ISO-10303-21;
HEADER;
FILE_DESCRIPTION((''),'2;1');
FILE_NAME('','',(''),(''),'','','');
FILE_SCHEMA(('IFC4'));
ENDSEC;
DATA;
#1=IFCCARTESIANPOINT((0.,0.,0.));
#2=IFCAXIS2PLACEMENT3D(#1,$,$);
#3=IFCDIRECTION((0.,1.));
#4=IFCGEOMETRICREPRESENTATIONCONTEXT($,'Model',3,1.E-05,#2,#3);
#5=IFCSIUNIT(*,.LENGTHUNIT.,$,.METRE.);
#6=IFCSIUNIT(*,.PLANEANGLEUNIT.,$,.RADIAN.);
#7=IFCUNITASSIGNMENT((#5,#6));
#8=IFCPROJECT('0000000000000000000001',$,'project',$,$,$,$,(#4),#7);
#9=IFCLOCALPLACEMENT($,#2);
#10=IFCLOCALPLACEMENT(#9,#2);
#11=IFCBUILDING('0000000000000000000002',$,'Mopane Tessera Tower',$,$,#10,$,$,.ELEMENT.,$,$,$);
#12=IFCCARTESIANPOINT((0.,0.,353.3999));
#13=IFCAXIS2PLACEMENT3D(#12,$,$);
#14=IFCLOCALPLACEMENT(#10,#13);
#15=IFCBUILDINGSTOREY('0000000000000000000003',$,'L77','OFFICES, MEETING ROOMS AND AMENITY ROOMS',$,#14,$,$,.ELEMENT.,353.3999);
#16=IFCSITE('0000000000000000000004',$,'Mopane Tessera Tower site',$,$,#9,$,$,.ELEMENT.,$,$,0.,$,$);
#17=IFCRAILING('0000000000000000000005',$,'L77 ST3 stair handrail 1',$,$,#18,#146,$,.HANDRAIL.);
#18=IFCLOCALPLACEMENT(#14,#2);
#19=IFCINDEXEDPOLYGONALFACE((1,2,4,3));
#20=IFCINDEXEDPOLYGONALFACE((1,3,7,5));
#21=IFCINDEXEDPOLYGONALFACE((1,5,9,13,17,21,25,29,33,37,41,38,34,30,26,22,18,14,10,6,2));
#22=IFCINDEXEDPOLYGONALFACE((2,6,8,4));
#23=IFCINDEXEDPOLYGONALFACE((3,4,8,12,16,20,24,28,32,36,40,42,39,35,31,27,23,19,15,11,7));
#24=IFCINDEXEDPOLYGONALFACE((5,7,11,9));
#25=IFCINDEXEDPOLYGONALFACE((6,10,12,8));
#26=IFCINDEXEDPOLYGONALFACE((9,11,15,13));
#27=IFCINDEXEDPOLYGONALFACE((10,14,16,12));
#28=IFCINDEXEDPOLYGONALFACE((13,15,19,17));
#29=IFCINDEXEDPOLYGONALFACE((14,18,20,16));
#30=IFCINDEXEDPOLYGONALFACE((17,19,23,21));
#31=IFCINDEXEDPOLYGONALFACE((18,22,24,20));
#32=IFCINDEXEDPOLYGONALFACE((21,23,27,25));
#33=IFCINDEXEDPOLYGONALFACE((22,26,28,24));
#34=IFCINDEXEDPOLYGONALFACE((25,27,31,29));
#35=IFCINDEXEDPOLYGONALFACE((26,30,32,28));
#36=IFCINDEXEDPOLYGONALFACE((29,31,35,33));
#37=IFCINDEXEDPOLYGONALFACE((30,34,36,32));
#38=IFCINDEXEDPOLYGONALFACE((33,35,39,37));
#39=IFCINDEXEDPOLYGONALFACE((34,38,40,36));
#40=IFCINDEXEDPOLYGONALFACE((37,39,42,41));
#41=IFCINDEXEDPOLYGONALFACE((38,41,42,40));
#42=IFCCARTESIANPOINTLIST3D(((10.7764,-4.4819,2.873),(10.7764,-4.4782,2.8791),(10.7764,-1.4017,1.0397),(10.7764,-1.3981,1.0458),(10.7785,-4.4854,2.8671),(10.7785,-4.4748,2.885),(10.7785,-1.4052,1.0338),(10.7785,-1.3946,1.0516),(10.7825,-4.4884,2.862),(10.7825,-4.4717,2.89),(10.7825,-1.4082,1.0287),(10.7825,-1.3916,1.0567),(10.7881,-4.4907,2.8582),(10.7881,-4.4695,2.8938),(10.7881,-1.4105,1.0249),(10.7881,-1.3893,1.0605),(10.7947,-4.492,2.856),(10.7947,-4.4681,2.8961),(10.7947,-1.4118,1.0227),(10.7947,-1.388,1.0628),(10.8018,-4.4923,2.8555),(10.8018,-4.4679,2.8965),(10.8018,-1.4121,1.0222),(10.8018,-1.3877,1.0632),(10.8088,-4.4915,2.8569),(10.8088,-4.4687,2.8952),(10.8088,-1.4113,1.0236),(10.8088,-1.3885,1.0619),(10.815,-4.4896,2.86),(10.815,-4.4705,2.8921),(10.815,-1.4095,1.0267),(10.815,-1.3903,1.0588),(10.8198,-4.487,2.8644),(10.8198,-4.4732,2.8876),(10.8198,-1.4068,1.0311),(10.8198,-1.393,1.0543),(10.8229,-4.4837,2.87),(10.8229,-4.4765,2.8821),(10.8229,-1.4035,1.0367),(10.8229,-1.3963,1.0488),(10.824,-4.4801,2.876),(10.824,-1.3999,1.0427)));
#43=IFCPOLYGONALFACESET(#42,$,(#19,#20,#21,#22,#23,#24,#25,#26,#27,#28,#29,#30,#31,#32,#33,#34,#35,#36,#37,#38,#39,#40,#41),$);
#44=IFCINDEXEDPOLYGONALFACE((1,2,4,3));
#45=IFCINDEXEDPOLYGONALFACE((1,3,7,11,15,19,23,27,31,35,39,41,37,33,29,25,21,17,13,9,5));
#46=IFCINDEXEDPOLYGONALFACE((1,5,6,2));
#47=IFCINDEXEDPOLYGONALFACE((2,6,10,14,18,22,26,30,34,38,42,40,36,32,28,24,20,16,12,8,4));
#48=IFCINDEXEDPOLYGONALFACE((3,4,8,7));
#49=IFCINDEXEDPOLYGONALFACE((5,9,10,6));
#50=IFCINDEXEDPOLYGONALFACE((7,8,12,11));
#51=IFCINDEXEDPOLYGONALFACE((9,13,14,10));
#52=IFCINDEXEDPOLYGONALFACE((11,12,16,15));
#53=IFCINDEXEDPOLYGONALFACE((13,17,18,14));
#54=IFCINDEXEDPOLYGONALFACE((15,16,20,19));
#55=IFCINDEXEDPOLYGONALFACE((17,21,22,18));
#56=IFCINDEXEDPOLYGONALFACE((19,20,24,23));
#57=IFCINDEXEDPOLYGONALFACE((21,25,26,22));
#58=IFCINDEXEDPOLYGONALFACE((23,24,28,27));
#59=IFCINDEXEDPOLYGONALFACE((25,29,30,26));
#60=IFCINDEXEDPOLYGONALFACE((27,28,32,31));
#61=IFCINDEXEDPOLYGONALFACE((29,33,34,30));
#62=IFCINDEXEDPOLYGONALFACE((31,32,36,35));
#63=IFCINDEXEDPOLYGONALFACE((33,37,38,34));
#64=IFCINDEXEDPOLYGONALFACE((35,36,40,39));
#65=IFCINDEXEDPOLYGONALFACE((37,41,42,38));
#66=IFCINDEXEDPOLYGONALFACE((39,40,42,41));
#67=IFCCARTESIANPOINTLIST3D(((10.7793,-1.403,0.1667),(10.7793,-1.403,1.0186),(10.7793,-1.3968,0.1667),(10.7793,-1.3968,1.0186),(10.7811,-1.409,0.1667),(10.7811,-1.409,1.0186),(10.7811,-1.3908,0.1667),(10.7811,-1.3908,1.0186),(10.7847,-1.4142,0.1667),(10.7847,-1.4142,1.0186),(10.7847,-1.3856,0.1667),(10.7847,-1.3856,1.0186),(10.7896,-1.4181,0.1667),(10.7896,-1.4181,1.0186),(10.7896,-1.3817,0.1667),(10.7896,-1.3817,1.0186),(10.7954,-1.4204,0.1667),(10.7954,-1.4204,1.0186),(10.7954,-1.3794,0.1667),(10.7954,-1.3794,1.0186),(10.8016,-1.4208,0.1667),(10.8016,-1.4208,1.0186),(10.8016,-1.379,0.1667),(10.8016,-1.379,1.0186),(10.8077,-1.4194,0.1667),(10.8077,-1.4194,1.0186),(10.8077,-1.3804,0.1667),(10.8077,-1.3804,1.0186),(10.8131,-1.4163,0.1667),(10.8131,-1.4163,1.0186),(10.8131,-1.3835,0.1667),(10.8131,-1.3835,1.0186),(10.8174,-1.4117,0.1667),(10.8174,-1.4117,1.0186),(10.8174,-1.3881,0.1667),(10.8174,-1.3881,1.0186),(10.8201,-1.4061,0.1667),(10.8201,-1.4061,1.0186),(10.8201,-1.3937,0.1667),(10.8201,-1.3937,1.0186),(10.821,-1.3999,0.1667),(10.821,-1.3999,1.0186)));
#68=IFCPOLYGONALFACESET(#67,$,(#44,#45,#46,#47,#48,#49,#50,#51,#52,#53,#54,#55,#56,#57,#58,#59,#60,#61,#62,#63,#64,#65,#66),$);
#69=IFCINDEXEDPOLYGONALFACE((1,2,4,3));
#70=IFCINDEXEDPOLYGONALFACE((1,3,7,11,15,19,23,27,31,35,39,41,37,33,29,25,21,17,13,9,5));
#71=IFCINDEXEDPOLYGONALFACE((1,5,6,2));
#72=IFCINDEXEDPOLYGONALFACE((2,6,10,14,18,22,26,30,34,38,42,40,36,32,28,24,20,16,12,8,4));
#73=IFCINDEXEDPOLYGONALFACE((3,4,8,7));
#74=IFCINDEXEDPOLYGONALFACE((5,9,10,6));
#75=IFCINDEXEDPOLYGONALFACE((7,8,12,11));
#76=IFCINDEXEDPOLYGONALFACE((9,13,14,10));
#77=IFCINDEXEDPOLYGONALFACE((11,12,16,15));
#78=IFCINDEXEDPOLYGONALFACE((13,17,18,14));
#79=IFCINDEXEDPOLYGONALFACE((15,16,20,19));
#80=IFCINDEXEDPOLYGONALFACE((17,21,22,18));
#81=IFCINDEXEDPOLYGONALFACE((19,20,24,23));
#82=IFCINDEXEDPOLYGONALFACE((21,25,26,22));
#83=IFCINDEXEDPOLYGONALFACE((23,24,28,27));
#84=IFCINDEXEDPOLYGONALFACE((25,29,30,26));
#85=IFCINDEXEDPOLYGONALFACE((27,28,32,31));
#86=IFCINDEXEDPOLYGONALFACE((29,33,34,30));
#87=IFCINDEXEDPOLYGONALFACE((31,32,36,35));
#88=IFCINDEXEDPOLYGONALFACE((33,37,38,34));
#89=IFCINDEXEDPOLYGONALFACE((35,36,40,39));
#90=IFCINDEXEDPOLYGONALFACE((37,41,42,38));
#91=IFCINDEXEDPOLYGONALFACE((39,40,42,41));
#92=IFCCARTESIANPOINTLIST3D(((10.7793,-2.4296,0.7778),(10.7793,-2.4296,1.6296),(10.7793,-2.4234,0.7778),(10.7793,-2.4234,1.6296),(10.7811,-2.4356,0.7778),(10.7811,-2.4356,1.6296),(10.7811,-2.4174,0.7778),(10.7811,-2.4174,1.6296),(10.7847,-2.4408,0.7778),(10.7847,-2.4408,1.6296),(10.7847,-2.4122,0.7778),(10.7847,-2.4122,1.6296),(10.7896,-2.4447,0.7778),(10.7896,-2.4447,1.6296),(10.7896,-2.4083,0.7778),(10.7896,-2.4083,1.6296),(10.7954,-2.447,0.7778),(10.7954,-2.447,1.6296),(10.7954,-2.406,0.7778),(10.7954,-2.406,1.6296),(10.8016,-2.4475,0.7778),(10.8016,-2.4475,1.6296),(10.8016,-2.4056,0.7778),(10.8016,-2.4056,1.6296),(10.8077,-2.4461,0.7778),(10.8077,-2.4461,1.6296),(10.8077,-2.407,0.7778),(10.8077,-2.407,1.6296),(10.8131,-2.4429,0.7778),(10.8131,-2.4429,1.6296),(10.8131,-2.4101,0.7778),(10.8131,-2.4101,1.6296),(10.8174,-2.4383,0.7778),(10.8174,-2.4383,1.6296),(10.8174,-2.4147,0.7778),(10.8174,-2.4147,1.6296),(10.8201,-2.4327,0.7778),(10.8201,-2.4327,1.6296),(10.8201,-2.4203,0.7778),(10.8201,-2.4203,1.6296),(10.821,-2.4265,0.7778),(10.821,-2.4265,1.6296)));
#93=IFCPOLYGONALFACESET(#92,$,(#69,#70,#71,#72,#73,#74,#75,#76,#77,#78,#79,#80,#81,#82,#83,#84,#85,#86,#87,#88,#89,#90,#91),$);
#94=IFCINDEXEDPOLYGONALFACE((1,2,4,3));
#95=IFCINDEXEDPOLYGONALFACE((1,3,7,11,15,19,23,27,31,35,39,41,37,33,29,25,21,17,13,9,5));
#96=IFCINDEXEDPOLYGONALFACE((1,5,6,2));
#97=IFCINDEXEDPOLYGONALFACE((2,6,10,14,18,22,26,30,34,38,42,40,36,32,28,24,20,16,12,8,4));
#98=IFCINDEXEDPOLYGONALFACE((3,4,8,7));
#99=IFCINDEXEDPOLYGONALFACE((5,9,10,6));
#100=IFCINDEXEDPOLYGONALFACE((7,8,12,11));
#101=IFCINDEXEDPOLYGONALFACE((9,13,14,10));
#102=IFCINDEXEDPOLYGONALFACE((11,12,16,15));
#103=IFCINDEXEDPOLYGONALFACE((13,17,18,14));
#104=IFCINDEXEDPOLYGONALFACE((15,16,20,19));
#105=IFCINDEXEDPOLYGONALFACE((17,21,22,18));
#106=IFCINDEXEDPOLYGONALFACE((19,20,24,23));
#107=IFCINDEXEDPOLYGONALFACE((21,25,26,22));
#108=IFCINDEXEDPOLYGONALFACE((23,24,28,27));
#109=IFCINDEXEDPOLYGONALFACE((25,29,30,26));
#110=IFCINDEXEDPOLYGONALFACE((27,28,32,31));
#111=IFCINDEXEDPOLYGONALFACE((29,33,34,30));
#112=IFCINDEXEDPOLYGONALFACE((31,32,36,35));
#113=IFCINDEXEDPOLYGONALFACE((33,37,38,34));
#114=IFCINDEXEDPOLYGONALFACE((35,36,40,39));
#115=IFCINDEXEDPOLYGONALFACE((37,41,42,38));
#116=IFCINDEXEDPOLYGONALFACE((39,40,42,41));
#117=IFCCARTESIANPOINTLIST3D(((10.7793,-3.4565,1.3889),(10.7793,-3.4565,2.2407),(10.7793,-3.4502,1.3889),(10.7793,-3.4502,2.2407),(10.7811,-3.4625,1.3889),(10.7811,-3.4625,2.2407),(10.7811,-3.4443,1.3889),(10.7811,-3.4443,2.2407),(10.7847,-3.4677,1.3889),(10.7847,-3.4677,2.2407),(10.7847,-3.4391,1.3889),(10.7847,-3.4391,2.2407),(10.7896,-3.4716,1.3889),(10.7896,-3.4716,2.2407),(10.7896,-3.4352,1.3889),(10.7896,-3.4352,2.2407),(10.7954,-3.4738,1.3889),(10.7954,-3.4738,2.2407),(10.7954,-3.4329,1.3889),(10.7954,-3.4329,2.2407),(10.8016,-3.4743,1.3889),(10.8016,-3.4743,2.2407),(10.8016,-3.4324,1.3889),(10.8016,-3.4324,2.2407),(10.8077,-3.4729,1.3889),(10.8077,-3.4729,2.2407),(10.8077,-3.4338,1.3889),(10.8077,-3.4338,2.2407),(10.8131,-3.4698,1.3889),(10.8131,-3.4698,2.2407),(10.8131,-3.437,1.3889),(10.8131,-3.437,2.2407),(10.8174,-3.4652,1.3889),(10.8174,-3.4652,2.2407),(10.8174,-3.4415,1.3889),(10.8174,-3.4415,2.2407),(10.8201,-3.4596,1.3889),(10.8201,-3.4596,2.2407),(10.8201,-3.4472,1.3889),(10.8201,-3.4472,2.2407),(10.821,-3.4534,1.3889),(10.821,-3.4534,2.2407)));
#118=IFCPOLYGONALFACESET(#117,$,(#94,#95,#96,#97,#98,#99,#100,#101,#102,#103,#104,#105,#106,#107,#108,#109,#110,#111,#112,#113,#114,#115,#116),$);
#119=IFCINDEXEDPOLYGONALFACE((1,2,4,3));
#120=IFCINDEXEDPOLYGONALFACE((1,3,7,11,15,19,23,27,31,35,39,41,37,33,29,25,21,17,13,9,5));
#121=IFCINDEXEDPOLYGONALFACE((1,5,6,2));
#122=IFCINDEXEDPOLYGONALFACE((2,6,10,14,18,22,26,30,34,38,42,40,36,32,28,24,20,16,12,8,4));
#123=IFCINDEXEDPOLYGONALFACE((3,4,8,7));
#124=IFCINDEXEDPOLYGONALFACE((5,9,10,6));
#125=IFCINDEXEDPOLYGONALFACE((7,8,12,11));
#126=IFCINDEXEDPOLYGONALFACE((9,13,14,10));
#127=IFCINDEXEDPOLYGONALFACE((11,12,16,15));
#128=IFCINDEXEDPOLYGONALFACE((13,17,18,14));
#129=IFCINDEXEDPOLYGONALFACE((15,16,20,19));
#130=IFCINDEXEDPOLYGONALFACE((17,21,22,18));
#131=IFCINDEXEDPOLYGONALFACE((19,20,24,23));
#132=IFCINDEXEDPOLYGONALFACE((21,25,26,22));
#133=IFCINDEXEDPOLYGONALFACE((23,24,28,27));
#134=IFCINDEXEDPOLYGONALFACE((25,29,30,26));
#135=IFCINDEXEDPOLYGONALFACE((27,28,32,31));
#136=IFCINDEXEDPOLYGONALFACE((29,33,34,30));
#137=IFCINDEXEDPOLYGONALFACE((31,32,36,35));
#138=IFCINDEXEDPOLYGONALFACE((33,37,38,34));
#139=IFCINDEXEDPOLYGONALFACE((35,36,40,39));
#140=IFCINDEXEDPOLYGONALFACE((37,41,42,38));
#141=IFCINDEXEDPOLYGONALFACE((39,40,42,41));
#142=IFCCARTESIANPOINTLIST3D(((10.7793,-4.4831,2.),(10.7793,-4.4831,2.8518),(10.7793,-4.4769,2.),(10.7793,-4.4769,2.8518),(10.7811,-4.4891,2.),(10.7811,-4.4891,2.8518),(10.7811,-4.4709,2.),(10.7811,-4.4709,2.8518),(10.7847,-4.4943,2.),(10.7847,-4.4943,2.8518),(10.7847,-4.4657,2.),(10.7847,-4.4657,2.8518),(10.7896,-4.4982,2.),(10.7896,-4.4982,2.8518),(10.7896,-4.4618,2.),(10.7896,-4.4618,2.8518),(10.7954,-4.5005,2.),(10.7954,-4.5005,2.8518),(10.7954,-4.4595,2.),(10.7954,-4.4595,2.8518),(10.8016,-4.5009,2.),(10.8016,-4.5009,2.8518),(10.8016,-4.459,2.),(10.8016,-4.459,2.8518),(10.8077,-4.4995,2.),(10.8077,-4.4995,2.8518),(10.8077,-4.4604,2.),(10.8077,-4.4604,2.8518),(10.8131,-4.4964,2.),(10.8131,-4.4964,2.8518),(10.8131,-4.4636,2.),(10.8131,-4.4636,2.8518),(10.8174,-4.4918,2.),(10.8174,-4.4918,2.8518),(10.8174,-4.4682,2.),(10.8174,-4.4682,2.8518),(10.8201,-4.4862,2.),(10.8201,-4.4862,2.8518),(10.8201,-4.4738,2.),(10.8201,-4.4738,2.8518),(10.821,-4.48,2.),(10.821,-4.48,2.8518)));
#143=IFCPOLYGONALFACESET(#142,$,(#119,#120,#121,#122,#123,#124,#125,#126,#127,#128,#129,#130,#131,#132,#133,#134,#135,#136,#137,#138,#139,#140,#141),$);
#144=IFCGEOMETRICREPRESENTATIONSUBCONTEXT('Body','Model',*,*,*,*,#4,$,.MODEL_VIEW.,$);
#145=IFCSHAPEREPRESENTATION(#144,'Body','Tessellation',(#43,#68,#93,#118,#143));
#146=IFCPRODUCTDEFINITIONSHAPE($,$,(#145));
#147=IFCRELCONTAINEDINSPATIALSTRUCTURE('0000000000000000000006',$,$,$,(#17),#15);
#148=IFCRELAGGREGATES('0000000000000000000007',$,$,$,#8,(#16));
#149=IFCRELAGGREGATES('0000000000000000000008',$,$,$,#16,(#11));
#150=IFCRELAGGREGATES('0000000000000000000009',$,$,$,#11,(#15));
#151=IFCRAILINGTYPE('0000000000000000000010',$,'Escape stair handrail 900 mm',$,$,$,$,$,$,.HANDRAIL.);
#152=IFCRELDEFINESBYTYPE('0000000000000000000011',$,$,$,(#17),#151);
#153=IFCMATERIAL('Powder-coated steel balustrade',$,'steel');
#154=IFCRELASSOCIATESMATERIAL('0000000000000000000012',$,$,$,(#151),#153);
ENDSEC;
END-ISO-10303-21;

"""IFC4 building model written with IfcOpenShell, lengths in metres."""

from ifc_helpers import new_model, si_unit, direction, frame, origin, origin_2d, place, context, subcontext, project, spatial, circle, extrude, material, type_object, element, save


model = new_model("IFC4")

# Units and contexts
model_context = context("Model", 3, precision=1e-05, world=origin(), true_north=direction((0.0, 1.0)))
body_context = subcontext(model_context, "Body", "Model", "MODEL_VIEW")
ifc_project = project(units=[si_unit("LENGTHUNIT", "METRE"), si_unit("PLANEANGLEUNIT", "RADIAN")], contexts=[model_context])

# Site, building, storey
site_placement = place(None, origin())
site = spatial("IfcSite", under=ifc_project, at=site_placement, Name="Mopane Tessera Tower site", CompositionType="ELEMENT", RefElevation=0.0)
building_placement = place(site_placement, origin())
building = spatial("IfcBuilding", under=site, at=building_placement, Name="Mopane Tessera Tower", CompositionType="ELEMENT")
storey_placement = place(building_placement, frame((0.0, 0.0, 353.3999)))
storey = spatial("IfcBuildingStorey", under=building, at=storey_placement, Name="L77", Description="OFFICES, MEETING ROOMS AND AMENITY ROOMS", CompositionType="ELEMENT", Elevation=353.3999)

# Railing
ifc_material_1 = material(Name="Powder-coated steel balustrade", Category="steel")
railing_type = type_object("IfcRailingType", Name="Escape stair handrail 900 mm", PredefinedType="HANDRAIL", material=ifc_material_1)
railing_placement = place(storey_placement, frame((10.8, -1.3999, 0.1667)))
element("IfcRailing", 1, at=railing_placement, inside=storey, type_object=railing_type, Name="L77 ST3 stair handrail 1", PredefinedType="HANDRAIL", context=body_context, shape_type="SweptSolid", body=[
    extrude(circle(Radius=0.0239, at=origin_2d()), frame((0.0, 0.0, 0.876), z_axis=(0.0, -0.859309, 0.511458), x_axis=(1.0, 0.0, 0.0)), (0.0, 0.0, 1.0), 3.5845),
    extrude(circle(Radius=0.021, at=origin_2d()), origin(), (0.0, 0.0, 1.0), 0.8518),
    extrude(circle(Radius=0.021, at=origin_2d()), frame((0.0, -1.0266, 0.6111)), (0.0, 0.0, 1.0), 0.8518),
    extrude(circle(Radius=0.021, at=origin_2d()), frame((0.0, -2.0535, 1.2222)), (0.0, 0.0, 1.0), 0.8518),
    extrude(circle(Radius=0.021, at=origin_2d()), frame((0.0, -3.0801, 1.8333)), (0.0, 0.0, 1.0), 0.8518),
])

save(model, "model.ifc")
